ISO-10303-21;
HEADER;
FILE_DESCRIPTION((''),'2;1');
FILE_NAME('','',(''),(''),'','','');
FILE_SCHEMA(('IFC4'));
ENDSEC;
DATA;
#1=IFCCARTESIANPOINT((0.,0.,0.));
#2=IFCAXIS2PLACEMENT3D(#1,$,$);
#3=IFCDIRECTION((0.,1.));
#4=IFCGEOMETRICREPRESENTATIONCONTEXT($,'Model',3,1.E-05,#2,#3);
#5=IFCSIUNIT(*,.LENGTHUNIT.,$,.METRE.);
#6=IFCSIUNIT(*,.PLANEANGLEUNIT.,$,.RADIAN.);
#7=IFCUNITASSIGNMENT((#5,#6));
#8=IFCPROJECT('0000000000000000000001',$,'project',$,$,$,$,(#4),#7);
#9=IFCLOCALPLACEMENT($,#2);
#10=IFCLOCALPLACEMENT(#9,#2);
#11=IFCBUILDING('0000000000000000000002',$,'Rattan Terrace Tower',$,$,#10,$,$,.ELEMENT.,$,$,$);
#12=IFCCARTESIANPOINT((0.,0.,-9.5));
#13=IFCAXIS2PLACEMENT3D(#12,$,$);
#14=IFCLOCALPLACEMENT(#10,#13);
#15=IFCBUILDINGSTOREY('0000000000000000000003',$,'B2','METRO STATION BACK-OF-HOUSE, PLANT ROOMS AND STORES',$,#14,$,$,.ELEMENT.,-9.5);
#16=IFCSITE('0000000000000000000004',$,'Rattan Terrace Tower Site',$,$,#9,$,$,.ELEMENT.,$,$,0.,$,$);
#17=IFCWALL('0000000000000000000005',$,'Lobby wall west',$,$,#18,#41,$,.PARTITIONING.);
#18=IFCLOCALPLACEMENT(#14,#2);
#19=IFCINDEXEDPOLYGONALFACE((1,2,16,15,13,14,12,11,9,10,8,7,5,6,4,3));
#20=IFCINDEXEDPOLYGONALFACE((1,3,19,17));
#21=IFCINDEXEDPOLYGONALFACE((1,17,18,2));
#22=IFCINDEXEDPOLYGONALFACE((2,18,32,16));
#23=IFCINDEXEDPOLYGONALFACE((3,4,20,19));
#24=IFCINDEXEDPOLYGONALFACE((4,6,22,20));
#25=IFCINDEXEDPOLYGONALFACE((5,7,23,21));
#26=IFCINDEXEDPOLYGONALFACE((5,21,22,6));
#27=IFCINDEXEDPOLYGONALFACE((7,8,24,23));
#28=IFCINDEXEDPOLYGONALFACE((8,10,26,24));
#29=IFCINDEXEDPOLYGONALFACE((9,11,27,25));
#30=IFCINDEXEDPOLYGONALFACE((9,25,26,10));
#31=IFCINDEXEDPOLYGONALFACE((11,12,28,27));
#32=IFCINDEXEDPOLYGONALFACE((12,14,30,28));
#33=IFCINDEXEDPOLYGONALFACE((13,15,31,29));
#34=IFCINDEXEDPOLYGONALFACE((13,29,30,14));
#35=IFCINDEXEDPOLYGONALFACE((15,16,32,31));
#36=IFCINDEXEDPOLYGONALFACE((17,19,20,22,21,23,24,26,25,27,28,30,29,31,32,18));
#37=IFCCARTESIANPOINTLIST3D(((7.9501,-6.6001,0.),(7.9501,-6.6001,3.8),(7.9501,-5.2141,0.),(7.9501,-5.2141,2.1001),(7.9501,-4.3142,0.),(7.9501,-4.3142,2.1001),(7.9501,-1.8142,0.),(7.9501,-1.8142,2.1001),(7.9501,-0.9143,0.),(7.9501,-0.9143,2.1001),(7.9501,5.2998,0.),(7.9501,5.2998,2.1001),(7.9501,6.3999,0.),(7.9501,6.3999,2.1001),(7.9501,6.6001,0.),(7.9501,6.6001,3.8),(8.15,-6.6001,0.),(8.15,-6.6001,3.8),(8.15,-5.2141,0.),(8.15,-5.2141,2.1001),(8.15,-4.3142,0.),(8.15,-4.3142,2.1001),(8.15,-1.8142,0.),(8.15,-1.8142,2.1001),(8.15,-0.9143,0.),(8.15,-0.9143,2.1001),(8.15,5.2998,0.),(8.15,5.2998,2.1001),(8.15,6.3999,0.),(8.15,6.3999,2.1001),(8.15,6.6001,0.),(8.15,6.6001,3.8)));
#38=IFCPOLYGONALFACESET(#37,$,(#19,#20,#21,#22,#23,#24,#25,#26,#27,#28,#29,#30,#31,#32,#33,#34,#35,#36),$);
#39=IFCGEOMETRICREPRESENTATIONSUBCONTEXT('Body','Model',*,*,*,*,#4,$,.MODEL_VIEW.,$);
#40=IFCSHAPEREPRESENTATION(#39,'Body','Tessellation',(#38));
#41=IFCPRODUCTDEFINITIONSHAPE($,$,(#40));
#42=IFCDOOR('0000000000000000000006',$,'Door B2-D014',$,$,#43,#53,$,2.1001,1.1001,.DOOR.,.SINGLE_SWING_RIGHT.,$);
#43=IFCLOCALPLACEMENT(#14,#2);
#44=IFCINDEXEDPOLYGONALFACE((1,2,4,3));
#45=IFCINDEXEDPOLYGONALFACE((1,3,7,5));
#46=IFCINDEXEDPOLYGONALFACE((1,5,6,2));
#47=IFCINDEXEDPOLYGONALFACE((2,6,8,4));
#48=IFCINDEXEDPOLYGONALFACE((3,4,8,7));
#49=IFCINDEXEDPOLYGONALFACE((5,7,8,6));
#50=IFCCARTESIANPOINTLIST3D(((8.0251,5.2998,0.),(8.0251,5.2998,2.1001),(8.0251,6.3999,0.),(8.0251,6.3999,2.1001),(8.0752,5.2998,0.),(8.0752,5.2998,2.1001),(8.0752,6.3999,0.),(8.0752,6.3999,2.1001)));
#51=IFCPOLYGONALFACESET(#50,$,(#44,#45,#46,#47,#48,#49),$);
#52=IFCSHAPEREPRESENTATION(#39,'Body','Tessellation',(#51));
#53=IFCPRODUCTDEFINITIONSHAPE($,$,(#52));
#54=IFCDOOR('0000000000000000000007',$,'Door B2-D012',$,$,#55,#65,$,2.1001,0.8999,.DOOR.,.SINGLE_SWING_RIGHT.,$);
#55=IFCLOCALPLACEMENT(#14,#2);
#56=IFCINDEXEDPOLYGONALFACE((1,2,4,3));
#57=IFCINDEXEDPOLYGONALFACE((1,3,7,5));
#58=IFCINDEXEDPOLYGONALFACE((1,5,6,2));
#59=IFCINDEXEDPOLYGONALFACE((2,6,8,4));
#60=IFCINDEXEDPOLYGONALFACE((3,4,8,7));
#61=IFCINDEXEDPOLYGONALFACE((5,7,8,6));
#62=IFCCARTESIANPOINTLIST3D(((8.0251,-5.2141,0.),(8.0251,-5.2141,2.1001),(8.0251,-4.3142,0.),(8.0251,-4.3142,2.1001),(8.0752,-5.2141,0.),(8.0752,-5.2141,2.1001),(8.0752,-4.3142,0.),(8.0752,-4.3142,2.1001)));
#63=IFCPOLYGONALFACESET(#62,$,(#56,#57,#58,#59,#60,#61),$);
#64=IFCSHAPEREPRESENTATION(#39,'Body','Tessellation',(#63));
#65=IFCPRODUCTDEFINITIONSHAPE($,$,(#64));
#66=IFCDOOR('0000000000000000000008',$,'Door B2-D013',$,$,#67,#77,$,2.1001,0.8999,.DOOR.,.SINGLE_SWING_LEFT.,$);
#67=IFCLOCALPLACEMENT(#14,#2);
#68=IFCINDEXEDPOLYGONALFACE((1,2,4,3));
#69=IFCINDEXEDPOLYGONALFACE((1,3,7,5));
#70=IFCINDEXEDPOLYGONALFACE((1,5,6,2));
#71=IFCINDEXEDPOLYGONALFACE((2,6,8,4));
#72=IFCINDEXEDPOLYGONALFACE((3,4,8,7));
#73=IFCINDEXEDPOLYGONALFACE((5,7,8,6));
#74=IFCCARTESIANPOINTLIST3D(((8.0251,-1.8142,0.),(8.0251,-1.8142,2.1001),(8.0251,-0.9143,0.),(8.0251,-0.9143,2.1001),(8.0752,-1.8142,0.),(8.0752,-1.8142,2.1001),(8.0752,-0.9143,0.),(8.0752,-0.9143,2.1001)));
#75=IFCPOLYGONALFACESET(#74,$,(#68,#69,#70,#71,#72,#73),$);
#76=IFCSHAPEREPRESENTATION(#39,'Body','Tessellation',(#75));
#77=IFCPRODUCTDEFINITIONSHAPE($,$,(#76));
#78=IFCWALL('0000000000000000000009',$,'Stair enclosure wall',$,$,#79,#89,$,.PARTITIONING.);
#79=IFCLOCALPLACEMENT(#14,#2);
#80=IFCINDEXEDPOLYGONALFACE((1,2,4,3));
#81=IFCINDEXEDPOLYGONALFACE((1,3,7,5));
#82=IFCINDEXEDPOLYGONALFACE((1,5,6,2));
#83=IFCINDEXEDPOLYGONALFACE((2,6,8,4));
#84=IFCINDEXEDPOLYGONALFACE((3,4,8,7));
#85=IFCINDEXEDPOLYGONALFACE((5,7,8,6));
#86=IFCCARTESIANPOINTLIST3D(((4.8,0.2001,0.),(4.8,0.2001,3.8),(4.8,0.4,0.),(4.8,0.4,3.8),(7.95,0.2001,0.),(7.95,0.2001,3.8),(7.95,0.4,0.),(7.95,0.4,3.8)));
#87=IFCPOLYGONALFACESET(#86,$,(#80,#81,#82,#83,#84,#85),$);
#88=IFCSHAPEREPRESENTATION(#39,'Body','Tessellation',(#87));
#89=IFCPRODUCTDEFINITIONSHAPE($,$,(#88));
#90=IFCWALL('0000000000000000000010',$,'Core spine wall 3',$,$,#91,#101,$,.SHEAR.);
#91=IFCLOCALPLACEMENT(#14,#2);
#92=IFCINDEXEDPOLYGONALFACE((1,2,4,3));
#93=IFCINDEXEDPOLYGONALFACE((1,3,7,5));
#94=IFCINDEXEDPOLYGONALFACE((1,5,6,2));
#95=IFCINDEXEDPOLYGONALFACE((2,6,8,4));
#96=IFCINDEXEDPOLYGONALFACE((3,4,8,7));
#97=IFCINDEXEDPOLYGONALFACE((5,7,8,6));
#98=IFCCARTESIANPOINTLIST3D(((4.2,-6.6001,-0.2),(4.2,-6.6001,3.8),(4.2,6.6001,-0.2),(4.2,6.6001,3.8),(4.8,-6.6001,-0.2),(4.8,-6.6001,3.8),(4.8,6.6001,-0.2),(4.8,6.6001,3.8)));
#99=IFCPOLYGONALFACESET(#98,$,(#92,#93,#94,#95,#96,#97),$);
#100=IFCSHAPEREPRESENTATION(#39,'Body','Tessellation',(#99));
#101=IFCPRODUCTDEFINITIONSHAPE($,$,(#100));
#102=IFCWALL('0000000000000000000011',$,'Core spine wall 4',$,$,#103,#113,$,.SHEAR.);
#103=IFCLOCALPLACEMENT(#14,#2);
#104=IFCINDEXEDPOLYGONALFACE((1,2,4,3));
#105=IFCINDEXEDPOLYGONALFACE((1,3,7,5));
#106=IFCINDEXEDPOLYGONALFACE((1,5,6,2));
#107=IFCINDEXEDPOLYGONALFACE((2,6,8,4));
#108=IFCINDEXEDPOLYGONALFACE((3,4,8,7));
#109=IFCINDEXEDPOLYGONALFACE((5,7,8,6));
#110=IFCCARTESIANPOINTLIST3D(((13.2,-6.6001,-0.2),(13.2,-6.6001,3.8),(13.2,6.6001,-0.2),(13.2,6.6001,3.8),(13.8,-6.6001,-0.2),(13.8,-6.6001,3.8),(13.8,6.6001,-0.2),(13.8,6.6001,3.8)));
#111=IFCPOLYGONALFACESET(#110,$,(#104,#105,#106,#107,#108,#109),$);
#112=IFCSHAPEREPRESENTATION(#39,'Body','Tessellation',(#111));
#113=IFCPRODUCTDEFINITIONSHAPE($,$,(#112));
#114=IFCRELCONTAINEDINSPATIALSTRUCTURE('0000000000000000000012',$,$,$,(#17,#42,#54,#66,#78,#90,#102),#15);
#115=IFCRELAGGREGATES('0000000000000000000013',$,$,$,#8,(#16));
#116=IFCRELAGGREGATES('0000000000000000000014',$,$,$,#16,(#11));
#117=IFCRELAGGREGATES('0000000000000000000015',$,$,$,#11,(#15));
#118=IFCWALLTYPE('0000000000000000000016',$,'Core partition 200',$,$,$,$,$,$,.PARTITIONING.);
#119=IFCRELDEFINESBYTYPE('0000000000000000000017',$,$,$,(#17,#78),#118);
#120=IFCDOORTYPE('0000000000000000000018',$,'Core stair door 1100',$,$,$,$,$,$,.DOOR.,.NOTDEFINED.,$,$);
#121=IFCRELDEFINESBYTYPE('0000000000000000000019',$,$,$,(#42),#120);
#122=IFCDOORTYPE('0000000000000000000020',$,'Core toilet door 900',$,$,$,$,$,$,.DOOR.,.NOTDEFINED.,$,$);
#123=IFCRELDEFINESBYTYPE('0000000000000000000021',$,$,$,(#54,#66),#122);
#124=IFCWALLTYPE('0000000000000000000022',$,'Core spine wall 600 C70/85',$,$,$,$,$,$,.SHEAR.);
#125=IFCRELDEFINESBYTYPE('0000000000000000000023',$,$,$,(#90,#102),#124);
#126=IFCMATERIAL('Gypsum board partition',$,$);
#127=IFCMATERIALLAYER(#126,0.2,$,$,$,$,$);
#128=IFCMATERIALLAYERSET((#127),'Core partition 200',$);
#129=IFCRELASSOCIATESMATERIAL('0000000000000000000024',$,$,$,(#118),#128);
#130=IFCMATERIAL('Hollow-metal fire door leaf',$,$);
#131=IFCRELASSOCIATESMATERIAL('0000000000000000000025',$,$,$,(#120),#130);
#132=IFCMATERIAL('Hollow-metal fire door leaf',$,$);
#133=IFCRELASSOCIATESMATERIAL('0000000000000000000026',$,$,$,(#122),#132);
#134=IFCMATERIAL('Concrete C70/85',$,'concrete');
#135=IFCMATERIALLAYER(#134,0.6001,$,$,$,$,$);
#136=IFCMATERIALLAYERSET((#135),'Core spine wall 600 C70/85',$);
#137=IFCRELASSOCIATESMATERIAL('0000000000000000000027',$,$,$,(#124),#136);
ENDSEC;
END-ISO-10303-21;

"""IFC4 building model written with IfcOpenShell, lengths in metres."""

from ifc_helpers import new_model, si_unit, direction, frame, frame_2d, origin, place, context, subcontext, project, spatial, rectangle, extrude, material, layer, layer_set, type_object, element, fill, save


model = new_model("IFC4")

# Units and contexts
model_context = context("Model", 3, precision=1e-05, world=origin(), true_north=direction((0.0, 1.0)))
body_context = subcontext(model_context, "Body", "Model", "MODEL_VIEW")
ifc_project = project(units=[si_unit("LENGTHUNIT", "METRE"), si_unit("PLANEANGLEUNIT", "RADIAN")], contexts=[model_context])

# Site, building, storey
site_placement = place(None, origin())
site = spatial("IfcSite", under=ifc_project, at=site_placement, Name="Rattan Terrace Tower Site", CompositionType="ELEMENT", RefElevation=0.0)
building_placement = place(site_placement, origin())
building = spatial("IfcBuilding", under=site, at=building_placement, Name="Rattan Terrace Tower", CompositionType="ELEMENT")
storey_placement = place(building_placement, frame((0.0, 0.0, -9.5)))
storey = spatial("IfcBuildingStorey", under=building, at=storey_placement, Name="B2", Description="METRO STATION BACK-OF-HOUSE, PLANT ROOMS AND STORES", CompositionType="ELEMENT", Elevation=-9.5)

# Shared definitions
ifc_material_1 = material(Name="Gypsum board partition")
ifc_layer_1 = layer(ifc_material_1, 0.2)
ifc_layer_set_1 = layer_set([ifc_layer_1], Name="Core partition 200")
wall_type_1 = type_object("IfcWallType", Name="Core partition 200", PredefinedType="PARTITIONING", material=ifc_layer_set_1)
ifc_material_2 = material(Name="Hollow-metal fire door leaf")
door_type_1 = type_object("IfcDoorType", Name="Core stair door 1100", OperationType="NOTDEFINED", PredefinedType="DOOR", material=ifc_material_2)

# Wall, openings, doors
wall_1_placement = place(storey_placement, frame((8.05, -6.6001, 0.0), z_axis=(0.0, 0.0, 1.0), x_axis=(0.0, 1.0, 0.0)))
wall_1 = element("IfcWall", 1, at=wall_1_placement, inside=storey, type_object=wall_type_1, Name="Lobby wall west", PredefinedType="PARTITIONING", context=body_context, shape_type="SweptSolid", body=[
    extrude(rectangle(XDim=13.2002, YDim=0.2, at=frame_2d((6.6001, 0.0))), origin(), (0.0, 0.0, 1.0), 3.8),
])
opening_1_placement = place(wall_1_placement, frame((1.386, 0.0, 0.0)))
opening_1 = element("IfcOpeningElement", 2, at=opening_1_placement, cuts=wall_1, PredefinedType="OPENING", context=body_context, shape_type="SweptSolid", body=[
    extrude(rectangle(XDim=0.8999, YDim=2.1001, at=frame_2d((0.45, 1.05))), frame((0.0, 0.1106, 0.0), z_axis=(0.0, -1.0, 0.0), x_axis=(1.0, 0.0, 0.0)), (0.0, 0.0, 1.0), 0.2209),
])
opening_2_placement = place(wall_1_placement, frame((4.7859, 0.0, 0.0)))
opening_2 = element("IfcOpeningElement", 3, at=opening_2_placement, cuts=wall_1, PredefinedType="OPENING", context=body_context, shape_type="SweptSolid", body=[
    extrude(rectangle(XDim=0.8999, YDim=2.1001, at=frame_2d((0.45, 1.05))), frame((0.0, 0.1106, 0.0), z_axis=(0.0, -1.0, 0.0), x_axis=(1.0, 0.0, 0.0)), (0.0, 0.0, 1.0), 0.2209),
])
opening_3_placement = place(wall_1_placement, frame((11.8999, 0.0, 0.0)))
opening_3 = element("IfcOpeningElement", 4, at=opening_3_placement, cuts=wall_1, PredefinedType="OPENING", context=body_context, shape_type="SweptSolid", body=[
    extrude(rectangle(XDim=1.1001, YDim=2.1001, at=frame_2d((0.55, 1.05))), frame((0.0, 0.1106, 0.0), z_axis=(0.0, -1.0, 0.0), x_axis=(1.0, 0.0, 0.0)), (0.0, 0.0, 1.0), 0.2209),
])
door_1_placement = place(opening_3_placement, origin())
door_1 = element("IfcDoor", 5, at=door_1_placement, inside=storey, type_object=door_type_1, Name="Door B2-D014", OperationType="SINGLE_SWING_RIGHT", OverallHeight=2.1001, OverallWidth=1.1001, PredefinedType="DOOR", context=body_context, shape_type="SweptSolid", body=[
    extrude(rectangle(XDim=1.1001, YDim=2.1001, at=frame_2d((0.55, 1.05))), frame((0.0, 0.0249, 0.0), z_axis=(0.0, -1.0, 0.0), x_axis=(1.0, 0.0, 0.0)), (0.0, 0.0, 1.0), 0.05),
])
fill(opening_3, door_1)
ifc_material_3 = material(Name="Hollow-metal fire door leaf")
door_type_2 = type_object("IfcDoorType", Name="Core toilet door 900", OperationType="NOTDEFINED", PredefinedType="DOOR", material=ifc_material_3)
door_2_placement = place(opening_1_placement, origin())
door_2 = element("IfcDoor", 6, at=door_2_placement, inside=storey, type_object=door_type_2, Name="Door B2-D012", OperationType="SINGLE_SWING_RIGHT", OverallHeight=2.1001, OverallWidth=0.8999, PredefinedType="DOOR", context=body_context, shape_type="SweptSolid", body=[
    extrude(rectangle(XDim=0.8999, YDim=2.1001, at=frame_2d((0.45, 1.05))), frame((0.0, 0.0249, 0.0), z_axis=(0.0, -1.0, 0.0), x_axis=(1.0, 0.0, 0.0)), (0.0, 0.0, 1.0), 0.05),
])
fill(opening_1, door_2)
door_3_placement = place(opening_2_placement, origin())
door_3 = element("IfcDoor", 7, at=door_3_placement, inside=storey, type_object=door_type_2, Name="Door B2-D013", OperationType="SINGLE_SWING_LEFT", OverallHeight=2.1001, OverallWidth=0.8999, PredefinedType="DOOR", context=body_context, shape_type="SweptSolid", body=[
    extrude(rectangle(XDim=0.8999, YDim=2.1001, at=frame_2d((0.45, 1.05))), frame((0.0, 0.0249, 0.0), z_axis=(0.0, -1.0, 0.0), x_axis=(1.0, 0.0, 0.0)), (0.0, 0.0, 1.0), 0.05),
])
fill(opening_2, door_3)

# Walls
wall_2_placement = place(storey_placement, frame((4.8, 0.3, 0.0), z_axis=(0.0, 0.0, 1.0), x_axis=(1.0, 0.0, 0.0)))
element("IfcWall", 8, at=wall_2_placement, inside=storey, type_object=wall_type_1, Name="Stair enclosure wall", PredefinedType="PARTITIONING", context=body_context, shape_type="SweptSolid", body=[
    extrude(rectangle(XDim=3.1499, YDim=0.2, at=frame_2d((1.575, 0.0))), origin(), (0.0, 0.0, 1.0), 3.8),
])
ifc_material_4 = material(Name="Concrete C70/85", Category="concrete")
ifc_layer_2 = layer(ifc_material_4, 0.6001)
ifc_layer_set_2 = layer_set([ifc_layer_2], Name="Core spine wall 600 C70/85")
wall_type_2 = type_object("IfcWallType", Name="Core spine wall 600 C70/85", PredefinedType="SHEAR", material=ifc_layer_set_2)
for number, where, z_axis, x_axis, name in (
    (9, (4.5, -6.6001, -0.2), (0.0, 0.0, 1.0), (0.0, 1.0, 0.0), "Core spine wall 3"),
    (10, (13.5, -6.6001, -0.2), (0.0, 0.0, 1.0), (0.0, 1.0, 0.0), "Core spine wall 4"),
):
    element("IfcWall", number, at=place(storey_placement, frame(where, z_axis=z_axis, x_axis=x_axis)), inside=storey, type_object=wall_type_2, Name=name, PredefinedType="SHEAR", context=body_context, shape_type="SweptSolid", body=[
        extrude(rectangle(XDim=13.2002, YDim=0.6001, at=frame_2d((6.6001, 0.0))), origin(), (0.0, 0.0, 1.0), 4.0),
    ])

save(model, "model.ifc")
